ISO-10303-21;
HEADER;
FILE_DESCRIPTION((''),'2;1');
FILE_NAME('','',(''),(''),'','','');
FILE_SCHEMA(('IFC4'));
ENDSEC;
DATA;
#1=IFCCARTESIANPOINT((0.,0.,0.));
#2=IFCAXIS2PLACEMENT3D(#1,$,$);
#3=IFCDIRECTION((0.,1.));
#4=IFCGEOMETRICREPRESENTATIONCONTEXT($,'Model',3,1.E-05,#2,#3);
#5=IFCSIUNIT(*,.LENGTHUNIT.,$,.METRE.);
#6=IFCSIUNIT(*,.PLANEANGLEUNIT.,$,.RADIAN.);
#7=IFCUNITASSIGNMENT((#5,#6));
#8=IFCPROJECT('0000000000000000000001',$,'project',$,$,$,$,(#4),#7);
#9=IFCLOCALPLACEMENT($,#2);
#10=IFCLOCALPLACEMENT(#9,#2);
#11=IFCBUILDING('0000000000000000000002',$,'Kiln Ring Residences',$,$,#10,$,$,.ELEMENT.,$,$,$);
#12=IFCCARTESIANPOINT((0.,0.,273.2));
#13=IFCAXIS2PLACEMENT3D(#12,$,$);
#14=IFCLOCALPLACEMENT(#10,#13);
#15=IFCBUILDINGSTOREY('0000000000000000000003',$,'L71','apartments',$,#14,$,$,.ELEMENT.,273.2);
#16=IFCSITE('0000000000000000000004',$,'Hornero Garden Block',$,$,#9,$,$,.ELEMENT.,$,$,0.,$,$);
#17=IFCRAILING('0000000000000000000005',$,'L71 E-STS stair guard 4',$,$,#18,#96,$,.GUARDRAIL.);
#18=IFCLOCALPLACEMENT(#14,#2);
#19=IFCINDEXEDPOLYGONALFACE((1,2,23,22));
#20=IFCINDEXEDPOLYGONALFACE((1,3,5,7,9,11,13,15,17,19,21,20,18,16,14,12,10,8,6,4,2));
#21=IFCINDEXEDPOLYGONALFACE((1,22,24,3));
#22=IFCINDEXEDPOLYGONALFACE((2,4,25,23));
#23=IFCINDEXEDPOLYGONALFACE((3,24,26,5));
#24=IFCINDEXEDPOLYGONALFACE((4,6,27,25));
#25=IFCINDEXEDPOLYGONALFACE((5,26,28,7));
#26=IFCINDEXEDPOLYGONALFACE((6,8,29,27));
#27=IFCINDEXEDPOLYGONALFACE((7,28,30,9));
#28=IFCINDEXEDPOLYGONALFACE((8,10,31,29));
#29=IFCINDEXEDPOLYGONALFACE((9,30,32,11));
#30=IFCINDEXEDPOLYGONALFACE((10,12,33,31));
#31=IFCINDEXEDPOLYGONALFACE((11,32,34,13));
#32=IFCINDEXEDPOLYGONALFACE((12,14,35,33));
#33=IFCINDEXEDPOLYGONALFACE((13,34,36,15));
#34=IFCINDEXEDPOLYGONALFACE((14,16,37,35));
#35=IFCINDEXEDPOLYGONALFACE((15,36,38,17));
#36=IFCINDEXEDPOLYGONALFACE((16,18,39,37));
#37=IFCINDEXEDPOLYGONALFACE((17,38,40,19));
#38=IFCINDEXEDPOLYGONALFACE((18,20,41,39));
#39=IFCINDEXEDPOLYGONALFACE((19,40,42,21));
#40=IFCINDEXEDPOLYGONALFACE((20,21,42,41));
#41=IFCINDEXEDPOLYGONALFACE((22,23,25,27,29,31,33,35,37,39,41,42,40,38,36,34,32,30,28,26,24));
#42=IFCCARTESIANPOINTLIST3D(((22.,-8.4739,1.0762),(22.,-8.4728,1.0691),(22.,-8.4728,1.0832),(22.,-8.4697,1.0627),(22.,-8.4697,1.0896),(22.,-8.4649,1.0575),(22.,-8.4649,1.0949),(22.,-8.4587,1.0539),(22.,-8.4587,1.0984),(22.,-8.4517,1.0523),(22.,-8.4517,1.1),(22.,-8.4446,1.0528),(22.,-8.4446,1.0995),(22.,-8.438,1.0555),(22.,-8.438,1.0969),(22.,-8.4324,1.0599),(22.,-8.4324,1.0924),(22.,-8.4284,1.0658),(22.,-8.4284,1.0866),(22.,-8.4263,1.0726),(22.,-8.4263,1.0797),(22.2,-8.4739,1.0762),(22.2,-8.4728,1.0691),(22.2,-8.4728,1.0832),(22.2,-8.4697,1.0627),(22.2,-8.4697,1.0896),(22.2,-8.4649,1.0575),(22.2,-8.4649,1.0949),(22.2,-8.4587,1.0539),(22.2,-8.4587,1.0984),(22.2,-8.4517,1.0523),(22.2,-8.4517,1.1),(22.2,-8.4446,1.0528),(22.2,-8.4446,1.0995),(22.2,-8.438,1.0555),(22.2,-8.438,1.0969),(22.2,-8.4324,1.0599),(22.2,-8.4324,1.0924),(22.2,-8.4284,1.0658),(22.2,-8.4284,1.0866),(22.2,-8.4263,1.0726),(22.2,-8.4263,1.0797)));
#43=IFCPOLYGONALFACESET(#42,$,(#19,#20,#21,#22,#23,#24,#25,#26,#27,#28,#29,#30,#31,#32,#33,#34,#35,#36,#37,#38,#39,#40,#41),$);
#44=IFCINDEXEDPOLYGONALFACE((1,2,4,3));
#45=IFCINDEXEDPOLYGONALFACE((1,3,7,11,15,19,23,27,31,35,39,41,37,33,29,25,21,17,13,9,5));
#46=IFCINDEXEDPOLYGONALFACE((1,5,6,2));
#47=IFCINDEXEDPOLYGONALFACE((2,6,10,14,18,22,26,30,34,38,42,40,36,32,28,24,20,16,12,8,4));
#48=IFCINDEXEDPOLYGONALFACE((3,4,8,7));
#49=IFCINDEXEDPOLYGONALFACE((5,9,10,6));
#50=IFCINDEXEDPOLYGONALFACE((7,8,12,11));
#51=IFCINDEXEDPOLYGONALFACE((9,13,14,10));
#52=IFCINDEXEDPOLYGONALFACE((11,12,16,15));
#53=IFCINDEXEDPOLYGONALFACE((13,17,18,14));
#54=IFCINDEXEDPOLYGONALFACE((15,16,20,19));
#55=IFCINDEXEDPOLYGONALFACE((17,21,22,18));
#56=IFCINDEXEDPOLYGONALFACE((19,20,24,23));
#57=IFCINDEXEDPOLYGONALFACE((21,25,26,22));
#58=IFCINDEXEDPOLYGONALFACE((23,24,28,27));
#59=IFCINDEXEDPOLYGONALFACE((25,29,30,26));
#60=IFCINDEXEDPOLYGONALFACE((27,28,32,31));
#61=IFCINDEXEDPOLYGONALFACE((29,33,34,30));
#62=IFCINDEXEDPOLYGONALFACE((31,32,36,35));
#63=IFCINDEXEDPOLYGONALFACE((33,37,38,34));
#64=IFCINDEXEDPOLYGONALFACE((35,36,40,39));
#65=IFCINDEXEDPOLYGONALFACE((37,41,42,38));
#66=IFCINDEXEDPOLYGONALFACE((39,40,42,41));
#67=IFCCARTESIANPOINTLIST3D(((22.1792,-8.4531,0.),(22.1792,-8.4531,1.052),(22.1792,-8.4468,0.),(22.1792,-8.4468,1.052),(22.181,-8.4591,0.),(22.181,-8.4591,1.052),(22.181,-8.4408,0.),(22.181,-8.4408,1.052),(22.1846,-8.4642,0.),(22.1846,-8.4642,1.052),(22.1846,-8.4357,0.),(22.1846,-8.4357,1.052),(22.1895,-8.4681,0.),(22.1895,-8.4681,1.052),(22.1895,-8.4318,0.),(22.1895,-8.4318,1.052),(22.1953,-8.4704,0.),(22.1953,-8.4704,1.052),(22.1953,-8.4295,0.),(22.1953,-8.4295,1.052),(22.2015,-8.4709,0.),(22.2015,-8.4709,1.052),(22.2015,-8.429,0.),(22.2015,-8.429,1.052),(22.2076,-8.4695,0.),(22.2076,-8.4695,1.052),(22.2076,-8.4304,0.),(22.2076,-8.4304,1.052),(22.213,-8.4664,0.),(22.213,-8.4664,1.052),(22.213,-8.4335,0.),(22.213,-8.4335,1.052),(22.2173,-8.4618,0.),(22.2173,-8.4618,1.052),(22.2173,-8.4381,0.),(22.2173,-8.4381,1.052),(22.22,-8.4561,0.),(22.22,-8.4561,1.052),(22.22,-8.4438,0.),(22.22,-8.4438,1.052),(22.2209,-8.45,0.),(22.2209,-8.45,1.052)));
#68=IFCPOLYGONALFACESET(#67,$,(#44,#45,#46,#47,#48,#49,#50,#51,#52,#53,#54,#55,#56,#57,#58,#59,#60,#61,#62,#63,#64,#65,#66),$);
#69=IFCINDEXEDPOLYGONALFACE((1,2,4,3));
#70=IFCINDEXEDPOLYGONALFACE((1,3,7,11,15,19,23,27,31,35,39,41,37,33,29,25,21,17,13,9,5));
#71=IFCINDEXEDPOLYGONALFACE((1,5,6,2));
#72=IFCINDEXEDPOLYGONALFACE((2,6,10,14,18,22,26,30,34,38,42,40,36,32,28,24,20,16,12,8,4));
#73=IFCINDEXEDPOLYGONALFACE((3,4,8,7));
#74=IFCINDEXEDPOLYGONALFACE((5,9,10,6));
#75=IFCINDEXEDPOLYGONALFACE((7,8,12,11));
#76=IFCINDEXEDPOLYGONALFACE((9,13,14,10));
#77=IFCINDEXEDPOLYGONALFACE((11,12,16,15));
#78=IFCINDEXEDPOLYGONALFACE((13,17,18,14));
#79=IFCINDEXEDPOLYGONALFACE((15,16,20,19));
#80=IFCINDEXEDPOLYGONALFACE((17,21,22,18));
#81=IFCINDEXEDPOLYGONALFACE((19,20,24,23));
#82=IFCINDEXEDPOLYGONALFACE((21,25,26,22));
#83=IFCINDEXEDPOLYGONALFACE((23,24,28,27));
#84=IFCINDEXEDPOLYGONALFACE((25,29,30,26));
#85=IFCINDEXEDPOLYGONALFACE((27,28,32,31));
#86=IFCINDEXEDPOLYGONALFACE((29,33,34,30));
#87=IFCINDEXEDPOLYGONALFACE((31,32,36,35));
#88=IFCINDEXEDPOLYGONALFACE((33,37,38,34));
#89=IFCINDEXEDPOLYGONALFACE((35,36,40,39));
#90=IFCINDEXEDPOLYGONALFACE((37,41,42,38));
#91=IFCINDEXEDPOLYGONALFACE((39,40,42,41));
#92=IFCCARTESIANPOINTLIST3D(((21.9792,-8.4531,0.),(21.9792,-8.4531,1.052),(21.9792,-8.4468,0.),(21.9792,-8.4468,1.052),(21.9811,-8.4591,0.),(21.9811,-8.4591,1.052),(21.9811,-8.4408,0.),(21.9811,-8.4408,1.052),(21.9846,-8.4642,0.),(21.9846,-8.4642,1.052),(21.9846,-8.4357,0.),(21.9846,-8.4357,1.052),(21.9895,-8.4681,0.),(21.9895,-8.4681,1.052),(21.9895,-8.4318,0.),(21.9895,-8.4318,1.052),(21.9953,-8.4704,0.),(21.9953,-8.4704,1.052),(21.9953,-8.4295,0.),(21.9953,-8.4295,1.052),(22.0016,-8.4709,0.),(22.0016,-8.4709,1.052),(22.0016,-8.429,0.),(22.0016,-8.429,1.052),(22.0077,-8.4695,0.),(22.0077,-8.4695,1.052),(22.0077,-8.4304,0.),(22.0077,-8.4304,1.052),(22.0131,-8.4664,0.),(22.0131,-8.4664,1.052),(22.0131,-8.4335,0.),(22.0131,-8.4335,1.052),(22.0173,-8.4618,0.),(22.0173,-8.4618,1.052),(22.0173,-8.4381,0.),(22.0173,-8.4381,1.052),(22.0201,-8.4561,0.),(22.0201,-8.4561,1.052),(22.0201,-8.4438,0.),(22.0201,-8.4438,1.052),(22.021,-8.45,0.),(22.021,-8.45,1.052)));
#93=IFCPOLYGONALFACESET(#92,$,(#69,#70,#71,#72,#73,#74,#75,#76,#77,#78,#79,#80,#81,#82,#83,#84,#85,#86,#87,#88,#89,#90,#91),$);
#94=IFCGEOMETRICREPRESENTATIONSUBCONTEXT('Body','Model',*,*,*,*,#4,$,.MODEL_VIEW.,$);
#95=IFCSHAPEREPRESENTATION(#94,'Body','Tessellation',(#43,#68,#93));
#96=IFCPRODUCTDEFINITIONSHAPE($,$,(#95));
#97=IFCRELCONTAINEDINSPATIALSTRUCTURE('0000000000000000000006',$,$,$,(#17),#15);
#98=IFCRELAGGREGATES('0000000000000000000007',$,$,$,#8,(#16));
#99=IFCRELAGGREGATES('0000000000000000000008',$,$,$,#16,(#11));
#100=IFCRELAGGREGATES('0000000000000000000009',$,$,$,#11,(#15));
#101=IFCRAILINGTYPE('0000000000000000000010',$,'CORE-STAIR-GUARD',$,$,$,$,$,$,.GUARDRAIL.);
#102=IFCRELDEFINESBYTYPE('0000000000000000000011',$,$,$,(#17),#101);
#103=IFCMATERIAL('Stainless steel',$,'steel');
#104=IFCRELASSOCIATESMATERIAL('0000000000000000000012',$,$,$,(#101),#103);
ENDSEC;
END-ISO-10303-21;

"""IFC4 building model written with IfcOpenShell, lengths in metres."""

from ifc_helpers import new_model, si_unit, direction, frame, origin, origin_2d, place, context, subcontext, project, spatial, circle, extrude, material, type_object, element, save


model = new_model("IFC4")

# Units and contexts
model_context = context("Model", 3, precision=1e-05, world=origin(), true_north=direction((0.0, 1.0)))
body_context = subcontext(model_context, "Body", "Model", "MODEL_VIEW")
ifc_project = project(units=[si_unit("LENGTHUNIT", "METRE"), si_unit("PLANEANGLEUNIT", "RADIAN")], contexts=[model_context])

# Site, building, storey
site_placement = place(None, origin())
site = spatial("IfcSite", under=ifc_project, at=site_placement, Name="Hornero Garden Block", CompositionType="ELEMENT", RefElevation=0.0)
building_placement = place(site_placement, origin())
building = spatial("IfcBuilding", under=site, at=building_placement, Name="Kiln Ring Residences", CompositionType="ELEMENT")
storey_placement = place(building_placement, frame((0.0, 0.0, 273.2)))
storey = spatial("IfcBuildingStorey", under=building, at=storey_placement, Name="L71", Description="apartments", CompositionType="ELEMENT", Elevation=273.2)

# Railing
ifc_material_1 = material(Name="Stainless steel", Category="steel")
railing_type_1 = type_object("IfcRailingType", Name="CORE-STAIR-GUARD", PredefinedType="GUARDRAIL", material=ifc_material_1)
railing_1_placement = place(storey_placement, frame((22.2, -8.45, 0.0)))
element("IfcRailing", 1, at=railing_1_placement, inside=storey, type_object=railing_type_1, Name="L71 E-STS stair guard 4", PredefinedType="GUARDRAIL", context=body_context, shape_type="SweptSolid", body=[
    extrude(circle(Radius=0.0239, at=origin_2d()), frame((0.0, 0.0, 1.0762), z_axis=(-1.0, 0.0, 0.0), x_axis=(0.0, -1.0, 0.0)), (0.0, 0.0, 1.0), 0.2),
    extrude(circle(Radius=0.021, at=origin_2d()), origin(), (0.0, 0.0, 1.0), 1.052),
    extrude(circle(Radius=0.021, at=origin_2d()), frame((-0.2, 0.0, 0.0)), (0.0, 0.0, 1.0), 1.052),
])

save(model, "model.ifc")
